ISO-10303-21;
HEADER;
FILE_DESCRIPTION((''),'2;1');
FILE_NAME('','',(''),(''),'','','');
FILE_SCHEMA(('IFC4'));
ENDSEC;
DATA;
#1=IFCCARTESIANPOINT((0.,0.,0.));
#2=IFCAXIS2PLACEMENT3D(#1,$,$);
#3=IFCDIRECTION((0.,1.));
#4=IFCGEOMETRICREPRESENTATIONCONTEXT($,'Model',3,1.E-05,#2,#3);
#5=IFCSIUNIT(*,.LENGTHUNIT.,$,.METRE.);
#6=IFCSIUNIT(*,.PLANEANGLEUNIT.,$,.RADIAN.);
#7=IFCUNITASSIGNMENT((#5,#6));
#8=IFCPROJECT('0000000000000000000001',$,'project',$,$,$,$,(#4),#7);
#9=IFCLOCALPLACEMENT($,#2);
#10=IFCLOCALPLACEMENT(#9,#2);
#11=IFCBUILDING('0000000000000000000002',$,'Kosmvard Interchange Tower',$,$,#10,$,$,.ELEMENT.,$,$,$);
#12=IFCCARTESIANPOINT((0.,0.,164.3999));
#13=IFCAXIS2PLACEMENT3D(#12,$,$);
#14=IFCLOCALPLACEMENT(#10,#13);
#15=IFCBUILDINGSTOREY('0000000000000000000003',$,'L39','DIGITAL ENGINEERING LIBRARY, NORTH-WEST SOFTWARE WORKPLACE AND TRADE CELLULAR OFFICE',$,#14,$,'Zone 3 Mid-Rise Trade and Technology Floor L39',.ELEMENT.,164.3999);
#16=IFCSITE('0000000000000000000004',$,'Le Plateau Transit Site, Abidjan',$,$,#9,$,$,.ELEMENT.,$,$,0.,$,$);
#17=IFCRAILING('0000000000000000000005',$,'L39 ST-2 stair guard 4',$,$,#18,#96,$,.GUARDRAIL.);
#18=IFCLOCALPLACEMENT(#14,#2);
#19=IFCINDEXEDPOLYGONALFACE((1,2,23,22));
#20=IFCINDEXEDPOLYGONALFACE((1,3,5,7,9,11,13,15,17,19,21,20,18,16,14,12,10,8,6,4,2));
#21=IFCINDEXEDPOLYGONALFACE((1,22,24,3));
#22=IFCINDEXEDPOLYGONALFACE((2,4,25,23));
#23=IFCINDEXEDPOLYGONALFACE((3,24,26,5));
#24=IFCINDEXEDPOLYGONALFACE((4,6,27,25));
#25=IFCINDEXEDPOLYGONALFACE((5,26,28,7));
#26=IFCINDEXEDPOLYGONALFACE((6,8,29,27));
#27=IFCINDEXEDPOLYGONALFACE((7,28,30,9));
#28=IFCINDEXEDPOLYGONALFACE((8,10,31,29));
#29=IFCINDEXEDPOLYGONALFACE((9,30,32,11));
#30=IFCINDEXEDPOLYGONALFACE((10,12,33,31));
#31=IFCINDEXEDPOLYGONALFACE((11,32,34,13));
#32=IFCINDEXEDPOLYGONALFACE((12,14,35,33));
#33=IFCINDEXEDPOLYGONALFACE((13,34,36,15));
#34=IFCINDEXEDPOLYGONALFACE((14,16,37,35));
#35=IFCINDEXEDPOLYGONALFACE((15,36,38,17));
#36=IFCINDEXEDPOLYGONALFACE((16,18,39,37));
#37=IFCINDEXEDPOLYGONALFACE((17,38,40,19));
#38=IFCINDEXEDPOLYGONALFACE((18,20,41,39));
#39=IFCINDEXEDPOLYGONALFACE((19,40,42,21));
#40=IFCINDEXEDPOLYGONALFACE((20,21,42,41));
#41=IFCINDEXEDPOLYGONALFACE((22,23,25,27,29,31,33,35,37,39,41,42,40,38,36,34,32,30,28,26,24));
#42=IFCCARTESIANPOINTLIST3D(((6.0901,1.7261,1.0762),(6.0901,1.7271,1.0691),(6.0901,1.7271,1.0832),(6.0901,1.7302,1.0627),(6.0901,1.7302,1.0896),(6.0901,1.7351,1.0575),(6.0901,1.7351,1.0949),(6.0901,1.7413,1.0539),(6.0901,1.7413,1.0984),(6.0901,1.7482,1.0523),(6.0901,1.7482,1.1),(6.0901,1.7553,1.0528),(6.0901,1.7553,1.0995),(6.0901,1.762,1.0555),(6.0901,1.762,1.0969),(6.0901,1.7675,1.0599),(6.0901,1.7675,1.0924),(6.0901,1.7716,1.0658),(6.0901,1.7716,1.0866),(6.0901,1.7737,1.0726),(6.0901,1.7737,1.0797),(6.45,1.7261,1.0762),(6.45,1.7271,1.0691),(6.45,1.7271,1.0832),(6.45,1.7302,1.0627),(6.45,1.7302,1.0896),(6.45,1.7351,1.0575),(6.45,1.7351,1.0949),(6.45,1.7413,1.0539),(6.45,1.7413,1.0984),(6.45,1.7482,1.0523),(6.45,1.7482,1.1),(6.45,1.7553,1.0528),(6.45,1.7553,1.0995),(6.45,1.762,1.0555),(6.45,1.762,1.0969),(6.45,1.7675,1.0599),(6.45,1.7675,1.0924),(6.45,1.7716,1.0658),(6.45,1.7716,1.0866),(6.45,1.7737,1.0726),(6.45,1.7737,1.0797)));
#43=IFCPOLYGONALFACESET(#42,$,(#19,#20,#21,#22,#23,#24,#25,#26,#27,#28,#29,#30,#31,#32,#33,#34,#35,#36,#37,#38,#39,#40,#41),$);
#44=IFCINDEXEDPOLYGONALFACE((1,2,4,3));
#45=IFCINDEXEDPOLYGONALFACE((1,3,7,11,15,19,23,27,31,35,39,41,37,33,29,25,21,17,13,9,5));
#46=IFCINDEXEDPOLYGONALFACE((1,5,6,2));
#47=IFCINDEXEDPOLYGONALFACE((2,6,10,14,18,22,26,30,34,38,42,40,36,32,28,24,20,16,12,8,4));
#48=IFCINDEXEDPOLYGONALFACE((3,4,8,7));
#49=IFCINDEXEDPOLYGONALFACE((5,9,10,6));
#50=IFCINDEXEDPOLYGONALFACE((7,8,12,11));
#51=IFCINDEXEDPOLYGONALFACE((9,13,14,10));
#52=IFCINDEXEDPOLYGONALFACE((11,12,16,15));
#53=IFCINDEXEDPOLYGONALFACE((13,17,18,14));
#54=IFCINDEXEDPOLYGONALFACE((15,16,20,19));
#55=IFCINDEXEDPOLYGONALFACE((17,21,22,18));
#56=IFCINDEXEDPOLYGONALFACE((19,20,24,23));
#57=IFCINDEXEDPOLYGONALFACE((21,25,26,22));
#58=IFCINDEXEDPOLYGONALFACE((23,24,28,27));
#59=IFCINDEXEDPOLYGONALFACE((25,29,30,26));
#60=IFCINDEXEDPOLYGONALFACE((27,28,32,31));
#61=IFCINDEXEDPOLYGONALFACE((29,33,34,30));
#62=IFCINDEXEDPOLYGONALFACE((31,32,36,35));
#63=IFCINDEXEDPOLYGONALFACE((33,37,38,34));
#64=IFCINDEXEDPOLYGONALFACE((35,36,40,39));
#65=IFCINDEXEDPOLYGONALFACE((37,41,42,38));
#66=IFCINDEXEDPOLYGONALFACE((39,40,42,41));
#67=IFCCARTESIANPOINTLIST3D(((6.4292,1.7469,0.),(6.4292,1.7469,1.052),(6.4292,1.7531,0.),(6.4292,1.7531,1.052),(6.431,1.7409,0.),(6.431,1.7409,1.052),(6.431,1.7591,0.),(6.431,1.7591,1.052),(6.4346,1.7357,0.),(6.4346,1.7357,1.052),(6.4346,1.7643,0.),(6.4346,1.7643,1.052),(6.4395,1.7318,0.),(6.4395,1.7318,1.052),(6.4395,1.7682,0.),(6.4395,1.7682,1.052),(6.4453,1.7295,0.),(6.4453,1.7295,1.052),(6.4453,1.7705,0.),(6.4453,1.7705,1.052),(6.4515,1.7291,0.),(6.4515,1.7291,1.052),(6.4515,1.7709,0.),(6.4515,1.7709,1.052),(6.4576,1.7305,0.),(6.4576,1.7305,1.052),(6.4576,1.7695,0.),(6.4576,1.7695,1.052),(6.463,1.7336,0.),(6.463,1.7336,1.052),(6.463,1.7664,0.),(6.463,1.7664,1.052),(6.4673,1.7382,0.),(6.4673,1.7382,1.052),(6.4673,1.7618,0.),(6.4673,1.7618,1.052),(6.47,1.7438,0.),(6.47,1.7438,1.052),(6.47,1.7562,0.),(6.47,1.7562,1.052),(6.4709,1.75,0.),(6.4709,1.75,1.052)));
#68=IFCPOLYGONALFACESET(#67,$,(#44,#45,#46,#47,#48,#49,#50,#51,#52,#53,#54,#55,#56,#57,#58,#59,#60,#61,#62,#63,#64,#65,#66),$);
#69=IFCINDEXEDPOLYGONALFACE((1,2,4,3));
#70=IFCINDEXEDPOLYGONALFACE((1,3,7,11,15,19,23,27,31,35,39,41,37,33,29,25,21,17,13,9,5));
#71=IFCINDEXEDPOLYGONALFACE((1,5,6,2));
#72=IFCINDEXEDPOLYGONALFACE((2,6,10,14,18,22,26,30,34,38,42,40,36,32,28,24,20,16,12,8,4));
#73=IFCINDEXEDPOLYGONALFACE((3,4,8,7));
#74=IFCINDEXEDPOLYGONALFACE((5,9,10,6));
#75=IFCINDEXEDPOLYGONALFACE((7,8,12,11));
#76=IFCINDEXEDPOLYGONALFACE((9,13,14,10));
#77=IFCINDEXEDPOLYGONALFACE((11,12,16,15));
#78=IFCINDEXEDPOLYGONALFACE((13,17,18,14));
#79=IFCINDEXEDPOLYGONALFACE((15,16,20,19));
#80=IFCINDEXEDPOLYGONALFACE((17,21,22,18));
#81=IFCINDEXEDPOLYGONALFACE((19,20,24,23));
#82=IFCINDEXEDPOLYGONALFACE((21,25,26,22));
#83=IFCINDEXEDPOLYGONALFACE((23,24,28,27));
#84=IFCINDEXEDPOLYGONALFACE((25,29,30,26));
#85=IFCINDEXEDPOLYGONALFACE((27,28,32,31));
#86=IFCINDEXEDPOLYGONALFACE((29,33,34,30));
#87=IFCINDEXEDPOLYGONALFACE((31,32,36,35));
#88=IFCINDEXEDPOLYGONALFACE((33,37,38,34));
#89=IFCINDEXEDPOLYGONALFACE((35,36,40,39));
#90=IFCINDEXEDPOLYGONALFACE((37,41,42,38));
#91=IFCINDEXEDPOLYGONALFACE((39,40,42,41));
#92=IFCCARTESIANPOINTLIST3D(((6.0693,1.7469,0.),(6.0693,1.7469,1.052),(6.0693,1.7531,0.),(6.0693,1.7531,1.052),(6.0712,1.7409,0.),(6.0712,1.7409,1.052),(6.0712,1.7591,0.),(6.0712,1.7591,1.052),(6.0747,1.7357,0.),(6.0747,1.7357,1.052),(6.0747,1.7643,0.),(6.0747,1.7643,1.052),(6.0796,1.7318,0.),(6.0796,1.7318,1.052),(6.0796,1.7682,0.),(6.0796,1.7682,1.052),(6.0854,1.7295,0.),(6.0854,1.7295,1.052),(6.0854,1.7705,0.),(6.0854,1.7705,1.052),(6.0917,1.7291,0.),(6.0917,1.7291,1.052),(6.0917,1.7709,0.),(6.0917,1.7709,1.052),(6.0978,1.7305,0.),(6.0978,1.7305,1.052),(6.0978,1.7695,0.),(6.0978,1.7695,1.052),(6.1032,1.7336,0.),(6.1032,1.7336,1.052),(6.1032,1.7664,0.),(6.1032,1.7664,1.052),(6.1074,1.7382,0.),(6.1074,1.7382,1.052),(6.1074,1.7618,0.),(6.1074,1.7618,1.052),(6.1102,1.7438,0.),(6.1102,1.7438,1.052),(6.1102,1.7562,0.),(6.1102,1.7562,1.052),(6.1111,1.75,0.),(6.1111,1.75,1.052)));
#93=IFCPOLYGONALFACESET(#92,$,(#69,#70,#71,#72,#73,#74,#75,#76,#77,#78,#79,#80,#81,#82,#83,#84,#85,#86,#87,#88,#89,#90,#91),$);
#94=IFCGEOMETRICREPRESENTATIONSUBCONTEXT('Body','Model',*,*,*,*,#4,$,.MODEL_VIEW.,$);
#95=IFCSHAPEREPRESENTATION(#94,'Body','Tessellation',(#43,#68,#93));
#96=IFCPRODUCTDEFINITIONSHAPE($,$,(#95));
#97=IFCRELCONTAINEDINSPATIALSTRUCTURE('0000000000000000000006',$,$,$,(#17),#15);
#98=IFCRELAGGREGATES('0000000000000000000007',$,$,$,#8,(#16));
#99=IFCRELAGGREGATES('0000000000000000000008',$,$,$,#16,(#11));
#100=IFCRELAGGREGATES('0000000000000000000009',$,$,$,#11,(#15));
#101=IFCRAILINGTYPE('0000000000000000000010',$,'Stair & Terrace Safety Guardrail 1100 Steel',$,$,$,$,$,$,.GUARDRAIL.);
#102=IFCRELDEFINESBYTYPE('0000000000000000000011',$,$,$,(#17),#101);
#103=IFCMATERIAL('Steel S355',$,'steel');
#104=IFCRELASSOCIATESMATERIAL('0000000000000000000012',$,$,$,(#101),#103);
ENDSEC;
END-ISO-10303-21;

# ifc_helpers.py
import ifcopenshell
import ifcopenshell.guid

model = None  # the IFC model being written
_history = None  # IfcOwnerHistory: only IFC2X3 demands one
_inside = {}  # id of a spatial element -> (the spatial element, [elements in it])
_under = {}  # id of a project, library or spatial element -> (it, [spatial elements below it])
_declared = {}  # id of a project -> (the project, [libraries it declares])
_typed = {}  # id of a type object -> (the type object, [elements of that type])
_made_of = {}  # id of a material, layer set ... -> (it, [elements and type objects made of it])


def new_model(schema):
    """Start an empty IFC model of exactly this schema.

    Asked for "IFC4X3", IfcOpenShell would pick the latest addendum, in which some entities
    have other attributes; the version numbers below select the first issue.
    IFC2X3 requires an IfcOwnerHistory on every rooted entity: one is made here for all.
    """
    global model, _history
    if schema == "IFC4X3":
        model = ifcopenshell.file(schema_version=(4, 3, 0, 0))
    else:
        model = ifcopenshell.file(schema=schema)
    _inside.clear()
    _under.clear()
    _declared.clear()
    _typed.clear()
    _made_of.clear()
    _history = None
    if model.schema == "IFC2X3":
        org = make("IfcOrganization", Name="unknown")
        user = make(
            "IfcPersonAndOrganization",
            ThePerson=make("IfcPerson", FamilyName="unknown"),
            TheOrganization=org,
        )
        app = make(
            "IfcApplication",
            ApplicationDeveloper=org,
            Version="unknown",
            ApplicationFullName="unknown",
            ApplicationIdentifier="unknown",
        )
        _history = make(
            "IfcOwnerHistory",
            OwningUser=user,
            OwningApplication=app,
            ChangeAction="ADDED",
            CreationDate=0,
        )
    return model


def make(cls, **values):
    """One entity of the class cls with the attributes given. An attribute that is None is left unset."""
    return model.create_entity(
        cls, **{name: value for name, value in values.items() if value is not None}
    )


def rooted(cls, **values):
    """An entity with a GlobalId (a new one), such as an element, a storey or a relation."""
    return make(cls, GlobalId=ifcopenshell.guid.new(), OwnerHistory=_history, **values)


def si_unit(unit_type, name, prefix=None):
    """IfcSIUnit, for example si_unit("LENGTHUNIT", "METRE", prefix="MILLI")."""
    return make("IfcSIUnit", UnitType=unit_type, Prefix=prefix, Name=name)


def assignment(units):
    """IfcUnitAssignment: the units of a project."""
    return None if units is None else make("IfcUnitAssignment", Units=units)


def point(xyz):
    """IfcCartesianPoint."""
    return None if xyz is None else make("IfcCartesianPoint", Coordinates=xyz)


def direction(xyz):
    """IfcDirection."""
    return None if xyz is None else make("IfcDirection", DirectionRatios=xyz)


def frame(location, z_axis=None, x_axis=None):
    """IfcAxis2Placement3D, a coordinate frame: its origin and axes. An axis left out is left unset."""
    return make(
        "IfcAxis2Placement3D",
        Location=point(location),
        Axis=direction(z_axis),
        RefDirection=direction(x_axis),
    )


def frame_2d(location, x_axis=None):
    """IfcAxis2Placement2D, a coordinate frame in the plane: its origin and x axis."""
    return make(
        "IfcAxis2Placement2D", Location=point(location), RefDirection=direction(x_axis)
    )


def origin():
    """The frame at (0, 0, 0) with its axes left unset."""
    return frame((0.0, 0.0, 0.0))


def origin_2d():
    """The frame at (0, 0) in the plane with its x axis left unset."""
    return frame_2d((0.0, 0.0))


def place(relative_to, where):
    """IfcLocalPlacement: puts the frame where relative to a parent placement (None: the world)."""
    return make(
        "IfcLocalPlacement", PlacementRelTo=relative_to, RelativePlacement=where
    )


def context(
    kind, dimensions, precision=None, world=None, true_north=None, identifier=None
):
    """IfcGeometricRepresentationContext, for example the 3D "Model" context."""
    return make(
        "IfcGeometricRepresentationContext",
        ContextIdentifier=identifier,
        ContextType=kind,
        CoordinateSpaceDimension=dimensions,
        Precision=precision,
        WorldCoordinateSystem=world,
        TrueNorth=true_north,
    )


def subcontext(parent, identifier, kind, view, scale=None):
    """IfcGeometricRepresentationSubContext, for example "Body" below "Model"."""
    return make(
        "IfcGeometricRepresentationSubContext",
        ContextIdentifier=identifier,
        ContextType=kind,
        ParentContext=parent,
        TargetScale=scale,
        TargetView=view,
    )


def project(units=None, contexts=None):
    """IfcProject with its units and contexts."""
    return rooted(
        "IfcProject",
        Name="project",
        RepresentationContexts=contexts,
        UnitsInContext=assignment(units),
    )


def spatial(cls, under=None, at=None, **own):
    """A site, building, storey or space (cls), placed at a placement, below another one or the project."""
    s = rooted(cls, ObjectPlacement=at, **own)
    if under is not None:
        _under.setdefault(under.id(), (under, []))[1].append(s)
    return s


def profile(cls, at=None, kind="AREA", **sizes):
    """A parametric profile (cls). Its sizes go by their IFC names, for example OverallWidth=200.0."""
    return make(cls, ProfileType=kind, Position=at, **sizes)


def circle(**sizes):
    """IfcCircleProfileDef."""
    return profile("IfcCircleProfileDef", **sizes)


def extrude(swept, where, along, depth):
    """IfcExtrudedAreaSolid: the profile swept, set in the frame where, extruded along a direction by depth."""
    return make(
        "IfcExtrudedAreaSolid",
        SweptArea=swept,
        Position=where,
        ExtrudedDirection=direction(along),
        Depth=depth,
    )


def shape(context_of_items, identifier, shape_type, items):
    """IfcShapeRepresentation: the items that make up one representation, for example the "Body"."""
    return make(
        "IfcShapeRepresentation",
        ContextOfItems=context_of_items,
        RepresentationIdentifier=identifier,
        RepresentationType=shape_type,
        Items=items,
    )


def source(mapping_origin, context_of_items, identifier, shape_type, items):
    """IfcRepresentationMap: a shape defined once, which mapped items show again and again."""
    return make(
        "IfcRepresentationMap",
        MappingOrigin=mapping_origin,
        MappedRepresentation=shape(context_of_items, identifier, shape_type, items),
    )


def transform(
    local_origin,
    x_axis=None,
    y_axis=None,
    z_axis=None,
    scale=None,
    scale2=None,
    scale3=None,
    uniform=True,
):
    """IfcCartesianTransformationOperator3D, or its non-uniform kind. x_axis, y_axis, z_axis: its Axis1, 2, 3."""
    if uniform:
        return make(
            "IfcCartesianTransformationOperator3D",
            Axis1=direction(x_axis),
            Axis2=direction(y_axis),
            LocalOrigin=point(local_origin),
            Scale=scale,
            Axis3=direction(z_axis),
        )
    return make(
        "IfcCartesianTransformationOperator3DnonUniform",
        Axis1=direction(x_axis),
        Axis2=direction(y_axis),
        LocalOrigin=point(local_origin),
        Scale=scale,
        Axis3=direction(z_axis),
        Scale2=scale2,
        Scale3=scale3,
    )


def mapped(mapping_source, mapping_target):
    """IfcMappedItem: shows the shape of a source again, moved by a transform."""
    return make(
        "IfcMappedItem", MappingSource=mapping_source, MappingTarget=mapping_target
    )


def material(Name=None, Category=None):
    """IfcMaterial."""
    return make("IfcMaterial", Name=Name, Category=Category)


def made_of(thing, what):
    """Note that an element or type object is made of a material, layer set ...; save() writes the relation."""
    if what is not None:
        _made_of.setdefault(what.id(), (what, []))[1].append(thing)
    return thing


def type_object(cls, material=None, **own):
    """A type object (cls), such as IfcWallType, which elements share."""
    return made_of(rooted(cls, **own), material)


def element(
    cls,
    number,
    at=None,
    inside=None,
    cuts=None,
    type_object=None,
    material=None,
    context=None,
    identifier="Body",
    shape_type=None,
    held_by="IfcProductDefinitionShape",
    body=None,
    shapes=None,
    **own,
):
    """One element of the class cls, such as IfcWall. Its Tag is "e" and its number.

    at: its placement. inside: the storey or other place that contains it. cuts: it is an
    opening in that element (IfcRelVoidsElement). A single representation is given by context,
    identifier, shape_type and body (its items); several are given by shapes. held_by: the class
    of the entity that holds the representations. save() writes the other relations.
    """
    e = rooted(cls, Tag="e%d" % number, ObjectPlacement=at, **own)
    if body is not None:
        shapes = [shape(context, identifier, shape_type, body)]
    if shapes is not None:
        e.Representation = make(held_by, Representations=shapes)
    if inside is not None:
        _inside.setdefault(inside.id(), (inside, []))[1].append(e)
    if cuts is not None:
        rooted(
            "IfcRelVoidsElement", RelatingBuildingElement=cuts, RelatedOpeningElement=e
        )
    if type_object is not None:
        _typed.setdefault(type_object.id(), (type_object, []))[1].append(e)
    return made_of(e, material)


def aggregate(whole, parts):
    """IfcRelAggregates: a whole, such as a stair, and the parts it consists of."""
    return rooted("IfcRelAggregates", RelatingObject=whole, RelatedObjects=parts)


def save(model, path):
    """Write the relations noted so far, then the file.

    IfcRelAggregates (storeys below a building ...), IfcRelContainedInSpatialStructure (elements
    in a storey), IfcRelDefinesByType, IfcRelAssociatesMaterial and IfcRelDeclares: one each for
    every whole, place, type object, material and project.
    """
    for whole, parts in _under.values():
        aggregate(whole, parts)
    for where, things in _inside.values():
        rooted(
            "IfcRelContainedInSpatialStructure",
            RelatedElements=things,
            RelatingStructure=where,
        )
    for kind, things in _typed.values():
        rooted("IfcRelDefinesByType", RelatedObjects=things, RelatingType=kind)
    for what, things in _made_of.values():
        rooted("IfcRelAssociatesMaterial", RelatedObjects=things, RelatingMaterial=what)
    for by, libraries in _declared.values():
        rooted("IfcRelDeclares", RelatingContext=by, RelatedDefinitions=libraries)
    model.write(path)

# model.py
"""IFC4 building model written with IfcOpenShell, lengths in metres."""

from ifc_helpers import new_model, si_unit, direction, frame, origin, origin_2d, place, context, subcontext, project, spatial, circle, extrude, source, transform, mapped, material, type_object, element, save


model = new_model("IFC4")

# Units and contexts
model_context = context("Model", 3, precision=1e-05, world=origin(), true_north=direction((0.0, 1.0)))
body_context = subcontext(model_context, "Body", "Model", "MODEL_VIEW")
ifc_project = project(units=[si_unit("LENGTHUNIT", "METRE"), si_unit("PLANEANGLEUNIT", "RADIAN")], contexts=[model_context])

# Site, building, storey
site_placement = place(None, origin())
site = spatial("IfcSite", under=ifc_project, at=site_placement, Name="Le Plateau Transit Site, Abidjan", CompositionType="ELEMENT", RefElevation=0.0)
building_placement = place(site_placement, origin())
building = spatial("IfcBuilding", under=site, at=building_placement, Name="Kosmvard Interchange Tower", CompositionType="ELEMENT")
storey_placement = place(building_placement, frame((0.0, 0.0, 164.3999)))
storey = spatial("IfcBuildingStorey", under=building, at=storey_placement, Name="L39", Description="DIGITAL ENGINEERING LIBRARY, NORTH-WEST SOFTWARE WORKPLACE AND TRADE CELLULAR OFFICE", LongName="Zone 3 Mid-Rise Trade and Technology Floor L39", CompositionType="ELEMENT", Elevation=164.3999)

# Railing
ifc_material_1 = material(Name="Steel S355", Category="steel")
railing_type_1 = type_object("IfcRailingType", Name="Stair & Terrace Safety Guardrail 1100 Steel", PredefinedType="GUARDRAIL", material=ifc_material_1)
shared_shape_1 = source(origin(), body_context, "Body", "SweptSolid", [
    extrude(circle(Radius=0.0239, at=origin_2d()), frame((0.0, 0.0, 1.0762), z_axis=(-1.0, 0.0, 0.0), x_axis=(0.0, -1.0, 0.0)), (0.0, 0.0, 1.0), 0.3599),
    extrude(circle(Radius=0.021, at=origin_2d()), origin(), (0.0, 0.0, 1.0), 1.052),
    extrude(circle(Radius=0.021, at=origin_2d()), frame((-0.3599, 0.0, 0.0)), (0.0, 0.0, 1.0), 1.052),
])
for number, where, name in (
    (1, (6.45, 1.75, 0.0), "L39 ST-2 stair guard 4"),
):
    element("IfcRailing", number, at=place(storey_placement, frame(where)), inside=storey, type_object=railing_type_1, Name=name, PredefinedType="GUARDRAIL", context=body_context, shape_type="MappedRepresentation", body=[
        mapped(shared_shape_1, transform((0.0, 0.0, 0.0), scale=1.0)),
    ])

save(model, "model.ifc")
